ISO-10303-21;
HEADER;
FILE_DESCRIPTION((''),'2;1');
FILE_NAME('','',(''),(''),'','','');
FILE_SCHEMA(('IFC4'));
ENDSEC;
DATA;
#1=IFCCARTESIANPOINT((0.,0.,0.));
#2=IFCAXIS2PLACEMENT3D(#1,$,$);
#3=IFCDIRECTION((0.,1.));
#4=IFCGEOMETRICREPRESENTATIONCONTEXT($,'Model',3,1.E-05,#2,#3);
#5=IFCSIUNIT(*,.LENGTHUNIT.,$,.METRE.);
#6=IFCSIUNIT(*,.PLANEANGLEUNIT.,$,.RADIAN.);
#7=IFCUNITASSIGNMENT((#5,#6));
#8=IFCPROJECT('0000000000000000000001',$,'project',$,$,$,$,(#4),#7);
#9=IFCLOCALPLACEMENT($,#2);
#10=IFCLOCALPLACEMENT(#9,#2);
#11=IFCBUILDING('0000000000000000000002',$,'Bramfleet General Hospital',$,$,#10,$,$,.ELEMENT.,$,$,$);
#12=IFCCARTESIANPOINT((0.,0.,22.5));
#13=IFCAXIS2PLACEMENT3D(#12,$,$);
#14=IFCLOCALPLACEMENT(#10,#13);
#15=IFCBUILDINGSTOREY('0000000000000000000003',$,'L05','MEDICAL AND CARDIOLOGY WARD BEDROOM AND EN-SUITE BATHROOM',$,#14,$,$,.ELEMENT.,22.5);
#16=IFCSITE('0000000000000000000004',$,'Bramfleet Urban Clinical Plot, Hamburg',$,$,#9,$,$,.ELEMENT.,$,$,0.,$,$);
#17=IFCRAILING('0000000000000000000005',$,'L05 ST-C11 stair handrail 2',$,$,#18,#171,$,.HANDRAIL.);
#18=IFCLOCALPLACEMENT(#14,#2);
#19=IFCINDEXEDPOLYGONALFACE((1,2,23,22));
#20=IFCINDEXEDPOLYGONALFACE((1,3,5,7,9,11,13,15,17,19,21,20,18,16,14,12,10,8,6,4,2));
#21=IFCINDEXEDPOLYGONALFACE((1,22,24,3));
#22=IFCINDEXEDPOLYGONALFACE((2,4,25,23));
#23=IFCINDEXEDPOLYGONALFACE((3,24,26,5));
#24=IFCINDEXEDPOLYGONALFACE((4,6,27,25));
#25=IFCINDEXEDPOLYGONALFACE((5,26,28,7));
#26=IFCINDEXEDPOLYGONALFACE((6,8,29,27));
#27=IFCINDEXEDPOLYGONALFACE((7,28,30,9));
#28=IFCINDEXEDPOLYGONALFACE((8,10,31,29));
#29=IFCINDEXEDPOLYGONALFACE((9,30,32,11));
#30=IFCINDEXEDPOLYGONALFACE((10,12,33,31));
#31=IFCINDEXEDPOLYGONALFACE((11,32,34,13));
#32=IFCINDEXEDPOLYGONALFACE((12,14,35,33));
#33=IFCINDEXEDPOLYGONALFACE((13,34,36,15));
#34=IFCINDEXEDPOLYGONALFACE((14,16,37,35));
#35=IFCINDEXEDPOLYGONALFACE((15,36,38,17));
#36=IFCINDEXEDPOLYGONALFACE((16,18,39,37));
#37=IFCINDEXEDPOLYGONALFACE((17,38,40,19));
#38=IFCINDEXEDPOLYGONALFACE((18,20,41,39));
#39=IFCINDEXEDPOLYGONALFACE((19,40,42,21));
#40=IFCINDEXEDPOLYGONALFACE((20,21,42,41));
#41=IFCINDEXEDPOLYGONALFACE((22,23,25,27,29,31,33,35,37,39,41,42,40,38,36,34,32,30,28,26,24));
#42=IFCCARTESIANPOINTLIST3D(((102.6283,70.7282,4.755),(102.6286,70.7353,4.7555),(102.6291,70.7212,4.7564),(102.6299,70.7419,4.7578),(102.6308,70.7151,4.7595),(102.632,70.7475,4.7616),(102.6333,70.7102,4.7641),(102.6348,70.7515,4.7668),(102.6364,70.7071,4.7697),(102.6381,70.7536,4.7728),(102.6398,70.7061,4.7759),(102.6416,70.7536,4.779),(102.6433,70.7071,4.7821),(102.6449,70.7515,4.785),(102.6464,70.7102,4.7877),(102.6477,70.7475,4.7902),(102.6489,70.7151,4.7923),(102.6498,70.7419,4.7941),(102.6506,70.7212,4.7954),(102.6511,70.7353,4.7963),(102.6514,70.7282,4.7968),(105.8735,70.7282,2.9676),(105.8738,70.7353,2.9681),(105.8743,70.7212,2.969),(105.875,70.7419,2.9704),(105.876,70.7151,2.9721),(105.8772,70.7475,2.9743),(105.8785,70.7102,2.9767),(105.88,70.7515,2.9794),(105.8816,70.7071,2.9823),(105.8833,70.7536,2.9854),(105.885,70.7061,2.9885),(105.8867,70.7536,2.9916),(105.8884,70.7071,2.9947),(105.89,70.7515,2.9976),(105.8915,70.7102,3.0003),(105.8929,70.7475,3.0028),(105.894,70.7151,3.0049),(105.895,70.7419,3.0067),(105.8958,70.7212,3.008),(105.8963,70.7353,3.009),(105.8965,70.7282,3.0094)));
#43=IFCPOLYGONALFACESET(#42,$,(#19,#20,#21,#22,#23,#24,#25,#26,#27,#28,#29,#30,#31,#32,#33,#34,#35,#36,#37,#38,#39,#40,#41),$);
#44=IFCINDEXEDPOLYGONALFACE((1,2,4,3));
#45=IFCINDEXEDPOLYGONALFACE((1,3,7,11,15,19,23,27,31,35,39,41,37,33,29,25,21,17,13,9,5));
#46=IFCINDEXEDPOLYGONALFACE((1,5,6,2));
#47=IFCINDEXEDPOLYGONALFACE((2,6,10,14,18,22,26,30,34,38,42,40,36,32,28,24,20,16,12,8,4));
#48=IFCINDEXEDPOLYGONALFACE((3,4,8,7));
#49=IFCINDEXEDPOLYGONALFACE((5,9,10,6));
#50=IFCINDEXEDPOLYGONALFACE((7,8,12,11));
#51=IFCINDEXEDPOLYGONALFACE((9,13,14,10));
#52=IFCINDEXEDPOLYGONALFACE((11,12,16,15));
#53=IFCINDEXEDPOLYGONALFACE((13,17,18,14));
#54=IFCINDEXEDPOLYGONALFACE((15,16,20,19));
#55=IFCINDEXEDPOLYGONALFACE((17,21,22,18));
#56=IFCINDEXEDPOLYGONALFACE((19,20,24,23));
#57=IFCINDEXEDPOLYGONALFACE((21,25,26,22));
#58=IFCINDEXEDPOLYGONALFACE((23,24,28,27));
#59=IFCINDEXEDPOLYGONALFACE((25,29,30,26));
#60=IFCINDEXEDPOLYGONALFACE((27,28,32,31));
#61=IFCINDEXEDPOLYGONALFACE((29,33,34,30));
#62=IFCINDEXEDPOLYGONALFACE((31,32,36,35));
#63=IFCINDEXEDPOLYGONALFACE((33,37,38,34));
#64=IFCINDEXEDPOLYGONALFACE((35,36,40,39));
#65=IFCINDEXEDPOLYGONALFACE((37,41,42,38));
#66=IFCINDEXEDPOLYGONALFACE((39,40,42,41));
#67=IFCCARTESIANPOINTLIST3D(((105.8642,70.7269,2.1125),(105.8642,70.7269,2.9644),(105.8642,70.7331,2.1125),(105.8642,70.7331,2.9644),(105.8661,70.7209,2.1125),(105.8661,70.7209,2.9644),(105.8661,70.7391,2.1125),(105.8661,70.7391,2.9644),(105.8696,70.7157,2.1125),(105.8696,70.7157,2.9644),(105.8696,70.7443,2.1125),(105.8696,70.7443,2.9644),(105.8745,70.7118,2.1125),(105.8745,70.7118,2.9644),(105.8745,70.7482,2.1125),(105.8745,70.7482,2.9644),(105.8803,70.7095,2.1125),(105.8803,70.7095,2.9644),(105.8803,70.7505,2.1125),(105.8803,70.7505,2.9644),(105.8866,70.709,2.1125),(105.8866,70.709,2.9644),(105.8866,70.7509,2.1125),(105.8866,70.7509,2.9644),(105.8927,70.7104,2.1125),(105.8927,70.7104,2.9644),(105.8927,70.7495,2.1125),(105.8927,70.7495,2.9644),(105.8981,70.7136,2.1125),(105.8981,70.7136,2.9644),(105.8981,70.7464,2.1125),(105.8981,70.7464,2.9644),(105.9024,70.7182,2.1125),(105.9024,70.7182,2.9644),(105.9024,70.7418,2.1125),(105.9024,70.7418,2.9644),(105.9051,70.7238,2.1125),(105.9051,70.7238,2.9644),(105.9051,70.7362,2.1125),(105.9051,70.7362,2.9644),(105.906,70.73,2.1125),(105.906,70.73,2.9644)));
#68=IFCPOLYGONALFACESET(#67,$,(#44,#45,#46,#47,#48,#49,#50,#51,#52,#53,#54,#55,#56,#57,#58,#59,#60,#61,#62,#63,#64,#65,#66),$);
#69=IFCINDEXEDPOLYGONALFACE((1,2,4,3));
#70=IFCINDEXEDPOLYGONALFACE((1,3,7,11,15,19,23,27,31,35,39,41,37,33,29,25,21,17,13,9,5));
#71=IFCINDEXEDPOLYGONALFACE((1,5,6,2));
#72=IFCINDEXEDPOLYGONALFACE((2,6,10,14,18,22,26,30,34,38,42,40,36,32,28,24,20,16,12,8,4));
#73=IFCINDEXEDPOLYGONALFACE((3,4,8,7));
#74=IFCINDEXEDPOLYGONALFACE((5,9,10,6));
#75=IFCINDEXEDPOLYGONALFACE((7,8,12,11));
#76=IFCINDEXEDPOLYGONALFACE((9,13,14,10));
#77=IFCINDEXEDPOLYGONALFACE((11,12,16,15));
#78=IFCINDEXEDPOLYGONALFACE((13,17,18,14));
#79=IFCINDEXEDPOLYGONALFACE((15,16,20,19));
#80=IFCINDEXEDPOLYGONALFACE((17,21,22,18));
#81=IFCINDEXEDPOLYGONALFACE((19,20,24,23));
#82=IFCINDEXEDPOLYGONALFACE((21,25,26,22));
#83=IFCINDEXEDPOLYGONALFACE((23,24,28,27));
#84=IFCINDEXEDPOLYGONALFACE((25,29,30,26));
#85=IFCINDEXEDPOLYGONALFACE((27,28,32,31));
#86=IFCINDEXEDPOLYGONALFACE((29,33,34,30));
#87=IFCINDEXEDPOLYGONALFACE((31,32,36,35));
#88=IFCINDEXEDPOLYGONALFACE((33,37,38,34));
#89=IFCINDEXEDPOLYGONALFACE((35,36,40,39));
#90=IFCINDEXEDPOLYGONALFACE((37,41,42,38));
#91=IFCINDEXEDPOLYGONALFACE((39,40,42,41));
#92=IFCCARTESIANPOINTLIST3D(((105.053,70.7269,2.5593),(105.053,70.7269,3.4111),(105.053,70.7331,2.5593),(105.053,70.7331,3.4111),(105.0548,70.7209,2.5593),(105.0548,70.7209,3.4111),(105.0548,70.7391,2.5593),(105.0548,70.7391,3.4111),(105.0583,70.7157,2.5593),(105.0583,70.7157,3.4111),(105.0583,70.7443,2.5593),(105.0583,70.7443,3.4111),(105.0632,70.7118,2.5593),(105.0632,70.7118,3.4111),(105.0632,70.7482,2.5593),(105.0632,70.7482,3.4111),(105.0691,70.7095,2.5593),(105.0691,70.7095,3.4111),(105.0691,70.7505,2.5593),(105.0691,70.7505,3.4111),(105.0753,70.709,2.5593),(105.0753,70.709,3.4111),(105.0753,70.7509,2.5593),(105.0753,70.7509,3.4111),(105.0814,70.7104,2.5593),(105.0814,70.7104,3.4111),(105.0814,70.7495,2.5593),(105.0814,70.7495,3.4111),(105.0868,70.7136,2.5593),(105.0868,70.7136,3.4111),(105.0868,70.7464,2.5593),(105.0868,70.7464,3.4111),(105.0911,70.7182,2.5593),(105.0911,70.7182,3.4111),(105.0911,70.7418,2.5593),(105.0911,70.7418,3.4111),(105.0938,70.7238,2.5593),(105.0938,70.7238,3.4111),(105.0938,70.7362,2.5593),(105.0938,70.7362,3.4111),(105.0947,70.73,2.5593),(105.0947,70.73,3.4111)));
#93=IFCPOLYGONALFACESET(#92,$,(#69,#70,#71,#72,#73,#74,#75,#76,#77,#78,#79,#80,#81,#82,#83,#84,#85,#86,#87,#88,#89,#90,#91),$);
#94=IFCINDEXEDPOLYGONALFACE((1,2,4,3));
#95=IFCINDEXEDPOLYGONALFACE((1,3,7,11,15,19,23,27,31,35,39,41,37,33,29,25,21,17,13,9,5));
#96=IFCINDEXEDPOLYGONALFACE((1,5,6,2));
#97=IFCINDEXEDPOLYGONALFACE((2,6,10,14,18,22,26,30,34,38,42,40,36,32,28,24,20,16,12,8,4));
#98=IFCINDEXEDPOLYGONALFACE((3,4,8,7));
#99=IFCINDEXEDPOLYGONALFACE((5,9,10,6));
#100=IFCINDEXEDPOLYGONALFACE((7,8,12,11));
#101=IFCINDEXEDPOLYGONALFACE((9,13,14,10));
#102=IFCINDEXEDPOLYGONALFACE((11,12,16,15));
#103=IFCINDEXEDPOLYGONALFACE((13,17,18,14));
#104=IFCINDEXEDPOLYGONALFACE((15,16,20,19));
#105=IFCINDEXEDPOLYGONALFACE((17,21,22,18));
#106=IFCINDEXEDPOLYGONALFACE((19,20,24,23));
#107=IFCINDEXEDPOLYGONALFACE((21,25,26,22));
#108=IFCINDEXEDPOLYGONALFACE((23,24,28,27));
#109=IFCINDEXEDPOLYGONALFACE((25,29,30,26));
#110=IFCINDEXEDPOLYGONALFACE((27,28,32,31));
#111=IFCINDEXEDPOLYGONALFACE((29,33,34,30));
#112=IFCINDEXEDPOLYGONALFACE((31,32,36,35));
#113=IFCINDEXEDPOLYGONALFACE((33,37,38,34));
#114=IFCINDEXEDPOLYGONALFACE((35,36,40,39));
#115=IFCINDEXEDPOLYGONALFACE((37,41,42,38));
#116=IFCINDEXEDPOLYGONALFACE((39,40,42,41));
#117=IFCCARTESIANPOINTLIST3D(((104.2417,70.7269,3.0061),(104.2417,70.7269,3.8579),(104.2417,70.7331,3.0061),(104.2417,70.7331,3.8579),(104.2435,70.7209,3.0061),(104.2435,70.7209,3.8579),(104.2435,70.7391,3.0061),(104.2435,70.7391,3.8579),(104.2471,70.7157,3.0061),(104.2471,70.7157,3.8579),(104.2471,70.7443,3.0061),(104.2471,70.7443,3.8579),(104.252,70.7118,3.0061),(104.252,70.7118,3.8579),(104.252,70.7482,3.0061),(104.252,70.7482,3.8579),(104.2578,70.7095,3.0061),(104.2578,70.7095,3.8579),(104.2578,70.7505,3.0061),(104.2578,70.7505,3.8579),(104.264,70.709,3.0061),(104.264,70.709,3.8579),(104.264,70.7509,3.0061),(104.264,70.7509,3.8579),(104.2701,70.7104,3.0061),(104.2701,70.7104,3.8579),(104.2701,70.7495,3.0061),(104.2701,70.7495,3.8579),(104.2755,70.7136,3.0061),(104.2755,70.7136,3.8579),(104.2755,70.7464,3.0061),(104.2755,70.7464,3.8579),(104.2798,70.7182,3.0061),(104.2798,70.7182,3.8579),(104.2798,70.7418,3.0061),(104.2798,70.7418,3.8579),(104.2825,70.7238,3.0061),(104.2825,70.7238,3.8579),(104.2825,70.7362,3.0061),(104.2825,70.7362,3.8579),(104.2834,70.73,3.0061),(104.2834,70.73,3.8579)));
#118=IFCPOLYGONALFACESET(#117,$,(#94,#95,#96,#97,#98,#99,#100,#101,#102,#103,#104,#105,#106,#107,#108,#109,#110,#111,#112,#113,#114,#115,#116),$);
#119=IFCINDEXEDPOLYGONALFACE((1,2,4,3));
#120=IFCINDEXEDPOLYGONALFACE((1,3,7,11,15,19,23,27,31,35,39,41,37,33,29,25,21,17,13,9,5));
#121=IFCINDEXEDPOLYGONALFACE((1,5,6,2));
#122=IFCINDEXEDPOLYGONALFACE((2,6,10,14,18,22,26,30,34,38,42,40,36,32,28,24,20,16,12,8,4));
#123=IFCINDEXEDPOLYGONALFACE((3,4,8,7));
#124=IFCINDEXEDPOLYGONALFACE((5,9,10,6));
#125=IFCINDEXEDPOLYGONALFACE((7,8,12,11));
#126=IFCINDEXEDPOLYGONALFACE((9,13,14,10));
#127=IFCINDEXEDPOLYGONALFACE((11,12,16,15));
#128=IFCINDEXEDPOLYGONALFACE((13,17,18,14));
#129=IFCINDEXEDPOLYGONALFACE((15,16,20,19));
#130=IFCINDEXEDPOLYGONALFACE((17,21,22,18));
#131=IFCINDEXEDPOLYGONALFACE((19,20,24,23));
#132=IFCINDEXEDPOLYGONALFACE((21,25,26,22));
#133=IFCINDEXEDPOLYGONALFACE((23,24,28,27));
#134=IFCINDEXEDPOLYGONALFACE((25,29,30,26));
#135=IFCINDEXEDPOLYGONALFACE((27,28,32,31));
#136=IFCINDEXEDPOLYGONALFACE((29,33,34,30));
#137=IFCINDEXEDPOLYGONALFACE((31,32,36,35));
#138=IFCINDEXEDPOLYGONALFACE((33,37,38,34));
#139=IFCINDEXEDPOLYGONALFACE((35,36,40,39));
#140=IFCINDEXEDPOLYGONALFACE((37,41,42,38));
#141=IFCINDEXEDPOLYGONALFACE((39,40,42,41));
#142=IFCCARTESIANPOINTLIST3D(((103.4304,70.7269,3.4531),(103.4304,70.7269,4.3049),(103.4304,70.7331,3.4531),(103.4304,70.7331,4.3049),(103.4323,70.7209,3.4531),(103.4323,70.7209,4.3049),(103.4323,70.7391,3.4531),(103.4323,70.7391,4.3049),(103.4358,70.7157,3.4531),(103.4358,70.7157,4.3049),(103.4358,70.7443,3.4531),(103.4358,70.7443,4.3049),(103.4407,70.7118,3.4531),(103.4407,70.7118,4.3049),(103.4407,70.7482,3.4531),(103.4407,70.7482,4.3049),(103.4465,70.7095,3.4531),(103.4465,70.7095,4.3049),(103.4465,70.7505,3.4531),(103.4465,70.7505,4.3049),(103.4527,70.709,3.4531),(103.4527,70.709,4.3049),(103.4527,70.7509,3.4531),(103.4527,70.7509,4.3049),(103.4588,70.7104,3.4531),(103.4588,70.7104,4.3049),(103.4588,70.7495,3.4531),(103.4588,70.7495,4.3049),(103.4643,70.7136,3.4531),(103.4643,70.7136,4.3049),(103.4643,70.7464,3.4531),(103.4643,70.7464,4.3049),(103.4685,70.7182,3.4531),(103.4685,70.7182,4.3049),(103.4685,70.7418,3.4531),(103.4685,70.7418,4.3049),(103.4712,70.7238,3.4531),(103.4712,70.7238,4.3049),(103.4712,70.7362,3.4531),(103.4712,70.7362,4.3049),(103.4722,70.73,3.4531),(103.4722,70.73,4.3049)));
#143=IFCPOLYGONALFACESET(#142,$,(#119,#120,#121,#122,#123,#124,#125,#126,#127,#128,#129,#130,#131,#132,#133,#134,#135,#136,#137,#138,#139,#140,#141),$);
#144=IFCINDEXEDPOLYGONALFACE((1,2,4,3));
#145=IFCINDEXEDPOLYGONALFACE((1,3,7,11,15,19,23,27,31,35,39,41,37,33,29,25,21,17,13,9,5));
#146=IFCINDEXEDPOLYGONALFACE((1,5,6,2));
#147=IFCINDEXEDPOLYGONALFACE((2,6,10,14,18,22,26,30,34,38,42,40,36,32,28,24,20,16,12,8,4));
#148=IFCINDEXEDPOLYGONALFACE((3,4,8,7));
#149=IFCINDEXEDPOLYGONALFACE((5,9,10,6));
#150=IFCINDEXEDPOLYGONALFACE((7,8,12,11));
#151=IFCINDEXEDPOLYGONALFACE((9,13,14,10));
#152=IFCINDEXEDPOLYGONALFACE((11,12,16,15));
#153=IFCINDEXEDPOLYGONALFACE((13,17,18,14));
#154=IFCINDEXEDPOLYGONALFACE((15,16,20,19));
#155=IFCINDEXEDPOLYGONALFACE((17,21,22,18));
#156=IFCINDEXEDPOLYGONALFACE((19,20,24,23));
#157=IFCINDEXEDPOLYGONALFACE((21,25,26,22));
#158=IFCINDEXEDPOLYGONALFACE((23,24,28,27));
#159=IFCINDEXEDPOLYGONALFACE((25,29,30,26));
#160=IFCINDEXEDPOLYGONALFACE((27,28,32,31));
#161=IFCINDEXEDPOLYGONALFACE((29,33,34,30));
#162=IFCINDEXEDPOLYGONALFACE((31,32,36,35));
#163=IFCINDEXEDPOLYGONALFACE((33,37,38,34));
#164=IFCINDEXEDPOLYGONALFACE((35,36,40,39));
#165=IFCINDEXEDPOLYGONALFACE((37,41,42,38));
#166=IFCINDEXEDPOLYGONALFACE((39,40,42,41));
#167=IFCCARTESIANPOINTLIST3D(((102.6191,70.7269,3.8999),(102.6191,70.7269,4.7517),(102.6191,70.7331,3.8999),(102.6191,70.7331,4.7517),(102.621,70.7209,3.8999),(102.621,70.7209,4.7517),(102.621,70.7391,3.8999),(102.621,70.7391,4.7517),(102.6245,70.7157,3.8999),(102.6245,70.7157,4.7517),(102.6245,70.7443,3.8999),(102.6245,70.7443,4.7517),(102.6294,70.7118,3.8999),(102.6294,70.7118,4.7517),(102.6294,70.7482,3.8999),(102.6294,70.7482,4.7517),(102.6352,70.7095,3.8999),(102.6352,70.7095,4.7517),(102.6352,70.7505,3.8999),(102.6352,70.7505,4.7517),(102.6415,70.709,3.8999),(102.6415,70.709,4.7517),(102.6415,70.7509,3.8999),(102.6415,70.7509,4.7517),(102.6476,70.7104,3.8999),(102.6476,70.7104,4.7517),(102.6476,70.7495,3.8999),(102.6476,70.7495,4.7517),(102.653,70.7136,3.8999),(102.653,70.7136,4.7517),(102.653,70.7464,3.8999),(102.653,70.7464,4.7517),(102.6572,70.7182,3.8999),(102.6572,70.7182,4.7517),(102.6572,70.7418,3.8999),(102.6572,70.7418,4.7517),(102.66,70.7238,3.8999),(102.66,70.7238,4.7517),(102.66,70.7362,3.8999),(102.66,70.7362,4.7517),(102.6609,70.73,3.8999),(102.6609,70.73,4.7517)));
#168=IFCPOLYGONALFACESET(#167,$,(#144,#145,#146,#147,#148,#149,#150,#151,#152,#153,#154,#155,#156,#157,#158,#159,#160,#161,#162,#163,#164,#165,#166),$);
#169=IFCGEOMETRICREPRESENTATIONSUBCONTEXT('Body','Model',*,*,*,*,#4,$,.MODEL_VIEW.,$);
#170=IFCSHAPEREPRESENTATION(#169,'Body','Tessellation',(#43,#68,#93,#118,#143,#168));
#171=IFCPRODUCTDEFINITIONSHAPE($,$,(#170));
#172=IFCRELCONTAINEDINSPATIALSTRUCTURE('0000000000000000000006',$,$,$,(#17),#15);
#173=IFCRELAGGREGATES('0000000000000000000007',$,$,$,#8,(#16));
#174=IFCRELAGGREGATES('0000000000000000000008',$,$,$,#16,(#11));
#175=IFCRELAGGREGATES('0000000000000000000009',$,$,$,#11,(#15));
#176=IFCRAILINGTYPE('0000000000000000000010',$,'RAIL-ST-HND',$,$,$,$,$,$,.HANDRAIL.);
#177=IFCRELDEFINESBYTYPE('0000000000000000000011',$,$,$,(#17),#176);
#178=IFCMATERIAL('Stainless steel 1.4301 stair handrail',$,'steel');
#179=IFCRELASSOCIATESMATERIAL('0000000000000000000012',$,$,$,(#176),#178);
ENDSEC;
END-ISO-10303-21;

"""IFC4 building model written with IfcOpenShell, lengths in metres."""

from ifc_helpers import new_model, si_unit, direction, frame, origin, origin_2d, place, context, subcontext, project, spatial, circle, extrude, material, type_object, element, save


model = new_model("IFC4")

# Units and contexts
model_context = context("Model", 3, precision=1e-05, world=origin(), true_north=direction((0.0, 1.0)))
body_context = subcontext(model_context, "Body", "Model", "MODEL_VIEW")
ifc_project = project(units=[si_unit("LENGTHUNIT", "METRE"), si_unit("PLANEANGLEUNIT", "RADIAN")], contexts=[model_context])

# Site, building, storey
site_placement = place(None, origin())
site = spatial("IfcSite", under=ifc_project, at=site_placement, Name="Bramfleet Urban Clinical Plot, Hamburg", CompositionType="ELEMENT", RefElevation=0.0)
building_placement = place(site_placement, origin())
building = spatial("IfcBuilding", under=site, at=building_placement, Name="Bramfleet General Hospital", CompositionType="ELEMENT")
storey_placement = place(building_placement, frame((0.0, 0.0, 22.5)))
storey = spatial("IfcBuildingStorey", under=building, at=storey_placement, Name="L05", Description="MEDICAL AND CARDIOLOGY WARD BEDROOM AND EN-SUITE BATHROOM", CompositionType="ELEMENT", Elevation=22.5)

# Railing
ifc_material_1 = material(Name="Stainless steel 1.4301 stair handrail", Category="steel")
railing_type_1 = type_object("IfcRailingType", Name="RAIL-ST-HND", PredefinedType="HANDRAIL", material=ifc_material_1)
railing_1_placement = place(storey_placement, frame((105.885, 70.73, 2.1125)))
element("IfcRailing", 1, at=railing_1_placement, inside=storey, type_object=railing_type_1, Name="L05 ST-C11 stair handrail 2", PredefinedType="HANDRAIL", context=body_context, shape_type="SweptSolid", body=[
    extrude(circle(Radius=0.0239, at=origin_2d()), frame((0.0, 0.0, 0.876), z_axis=(-0.875926, 0.0, 0.482445), x_axis=(0.0, -1.0, 0.0)), (0.0, 0.0, 1.0), 3.7048),
    extrude(circle(Radius=0.021, at=origin_2d()), origin(), (0.0, 0.0, 1.0), 0.8518),
    extrude(circle(Radius=0.021, at=origin_2d()), frame((-0.8113, 0.0, 0.4468)), (0.0, 0.0, 1.0), 0.8518),
    extrude(circle(Radius=0.021, at=origin_2d()), frame((-1.6226, 0.0, 0.8936)), (0.0, 0.0, 1.0), 0.8518),
    extrude(circle(Radius=0.021, at=origin_2d()), frame((-2.4338, 0.0, 1.3406)), (0.0, 0.0, 1.0), 0.8518),
    extrude(circle(Radius=0.021, at=origin_2d()), frame((-3.2451, 0.0, 1.7874)), (0.0, 0.0, 1.0), 0.8518),
])

save(model, "model.ifc")
